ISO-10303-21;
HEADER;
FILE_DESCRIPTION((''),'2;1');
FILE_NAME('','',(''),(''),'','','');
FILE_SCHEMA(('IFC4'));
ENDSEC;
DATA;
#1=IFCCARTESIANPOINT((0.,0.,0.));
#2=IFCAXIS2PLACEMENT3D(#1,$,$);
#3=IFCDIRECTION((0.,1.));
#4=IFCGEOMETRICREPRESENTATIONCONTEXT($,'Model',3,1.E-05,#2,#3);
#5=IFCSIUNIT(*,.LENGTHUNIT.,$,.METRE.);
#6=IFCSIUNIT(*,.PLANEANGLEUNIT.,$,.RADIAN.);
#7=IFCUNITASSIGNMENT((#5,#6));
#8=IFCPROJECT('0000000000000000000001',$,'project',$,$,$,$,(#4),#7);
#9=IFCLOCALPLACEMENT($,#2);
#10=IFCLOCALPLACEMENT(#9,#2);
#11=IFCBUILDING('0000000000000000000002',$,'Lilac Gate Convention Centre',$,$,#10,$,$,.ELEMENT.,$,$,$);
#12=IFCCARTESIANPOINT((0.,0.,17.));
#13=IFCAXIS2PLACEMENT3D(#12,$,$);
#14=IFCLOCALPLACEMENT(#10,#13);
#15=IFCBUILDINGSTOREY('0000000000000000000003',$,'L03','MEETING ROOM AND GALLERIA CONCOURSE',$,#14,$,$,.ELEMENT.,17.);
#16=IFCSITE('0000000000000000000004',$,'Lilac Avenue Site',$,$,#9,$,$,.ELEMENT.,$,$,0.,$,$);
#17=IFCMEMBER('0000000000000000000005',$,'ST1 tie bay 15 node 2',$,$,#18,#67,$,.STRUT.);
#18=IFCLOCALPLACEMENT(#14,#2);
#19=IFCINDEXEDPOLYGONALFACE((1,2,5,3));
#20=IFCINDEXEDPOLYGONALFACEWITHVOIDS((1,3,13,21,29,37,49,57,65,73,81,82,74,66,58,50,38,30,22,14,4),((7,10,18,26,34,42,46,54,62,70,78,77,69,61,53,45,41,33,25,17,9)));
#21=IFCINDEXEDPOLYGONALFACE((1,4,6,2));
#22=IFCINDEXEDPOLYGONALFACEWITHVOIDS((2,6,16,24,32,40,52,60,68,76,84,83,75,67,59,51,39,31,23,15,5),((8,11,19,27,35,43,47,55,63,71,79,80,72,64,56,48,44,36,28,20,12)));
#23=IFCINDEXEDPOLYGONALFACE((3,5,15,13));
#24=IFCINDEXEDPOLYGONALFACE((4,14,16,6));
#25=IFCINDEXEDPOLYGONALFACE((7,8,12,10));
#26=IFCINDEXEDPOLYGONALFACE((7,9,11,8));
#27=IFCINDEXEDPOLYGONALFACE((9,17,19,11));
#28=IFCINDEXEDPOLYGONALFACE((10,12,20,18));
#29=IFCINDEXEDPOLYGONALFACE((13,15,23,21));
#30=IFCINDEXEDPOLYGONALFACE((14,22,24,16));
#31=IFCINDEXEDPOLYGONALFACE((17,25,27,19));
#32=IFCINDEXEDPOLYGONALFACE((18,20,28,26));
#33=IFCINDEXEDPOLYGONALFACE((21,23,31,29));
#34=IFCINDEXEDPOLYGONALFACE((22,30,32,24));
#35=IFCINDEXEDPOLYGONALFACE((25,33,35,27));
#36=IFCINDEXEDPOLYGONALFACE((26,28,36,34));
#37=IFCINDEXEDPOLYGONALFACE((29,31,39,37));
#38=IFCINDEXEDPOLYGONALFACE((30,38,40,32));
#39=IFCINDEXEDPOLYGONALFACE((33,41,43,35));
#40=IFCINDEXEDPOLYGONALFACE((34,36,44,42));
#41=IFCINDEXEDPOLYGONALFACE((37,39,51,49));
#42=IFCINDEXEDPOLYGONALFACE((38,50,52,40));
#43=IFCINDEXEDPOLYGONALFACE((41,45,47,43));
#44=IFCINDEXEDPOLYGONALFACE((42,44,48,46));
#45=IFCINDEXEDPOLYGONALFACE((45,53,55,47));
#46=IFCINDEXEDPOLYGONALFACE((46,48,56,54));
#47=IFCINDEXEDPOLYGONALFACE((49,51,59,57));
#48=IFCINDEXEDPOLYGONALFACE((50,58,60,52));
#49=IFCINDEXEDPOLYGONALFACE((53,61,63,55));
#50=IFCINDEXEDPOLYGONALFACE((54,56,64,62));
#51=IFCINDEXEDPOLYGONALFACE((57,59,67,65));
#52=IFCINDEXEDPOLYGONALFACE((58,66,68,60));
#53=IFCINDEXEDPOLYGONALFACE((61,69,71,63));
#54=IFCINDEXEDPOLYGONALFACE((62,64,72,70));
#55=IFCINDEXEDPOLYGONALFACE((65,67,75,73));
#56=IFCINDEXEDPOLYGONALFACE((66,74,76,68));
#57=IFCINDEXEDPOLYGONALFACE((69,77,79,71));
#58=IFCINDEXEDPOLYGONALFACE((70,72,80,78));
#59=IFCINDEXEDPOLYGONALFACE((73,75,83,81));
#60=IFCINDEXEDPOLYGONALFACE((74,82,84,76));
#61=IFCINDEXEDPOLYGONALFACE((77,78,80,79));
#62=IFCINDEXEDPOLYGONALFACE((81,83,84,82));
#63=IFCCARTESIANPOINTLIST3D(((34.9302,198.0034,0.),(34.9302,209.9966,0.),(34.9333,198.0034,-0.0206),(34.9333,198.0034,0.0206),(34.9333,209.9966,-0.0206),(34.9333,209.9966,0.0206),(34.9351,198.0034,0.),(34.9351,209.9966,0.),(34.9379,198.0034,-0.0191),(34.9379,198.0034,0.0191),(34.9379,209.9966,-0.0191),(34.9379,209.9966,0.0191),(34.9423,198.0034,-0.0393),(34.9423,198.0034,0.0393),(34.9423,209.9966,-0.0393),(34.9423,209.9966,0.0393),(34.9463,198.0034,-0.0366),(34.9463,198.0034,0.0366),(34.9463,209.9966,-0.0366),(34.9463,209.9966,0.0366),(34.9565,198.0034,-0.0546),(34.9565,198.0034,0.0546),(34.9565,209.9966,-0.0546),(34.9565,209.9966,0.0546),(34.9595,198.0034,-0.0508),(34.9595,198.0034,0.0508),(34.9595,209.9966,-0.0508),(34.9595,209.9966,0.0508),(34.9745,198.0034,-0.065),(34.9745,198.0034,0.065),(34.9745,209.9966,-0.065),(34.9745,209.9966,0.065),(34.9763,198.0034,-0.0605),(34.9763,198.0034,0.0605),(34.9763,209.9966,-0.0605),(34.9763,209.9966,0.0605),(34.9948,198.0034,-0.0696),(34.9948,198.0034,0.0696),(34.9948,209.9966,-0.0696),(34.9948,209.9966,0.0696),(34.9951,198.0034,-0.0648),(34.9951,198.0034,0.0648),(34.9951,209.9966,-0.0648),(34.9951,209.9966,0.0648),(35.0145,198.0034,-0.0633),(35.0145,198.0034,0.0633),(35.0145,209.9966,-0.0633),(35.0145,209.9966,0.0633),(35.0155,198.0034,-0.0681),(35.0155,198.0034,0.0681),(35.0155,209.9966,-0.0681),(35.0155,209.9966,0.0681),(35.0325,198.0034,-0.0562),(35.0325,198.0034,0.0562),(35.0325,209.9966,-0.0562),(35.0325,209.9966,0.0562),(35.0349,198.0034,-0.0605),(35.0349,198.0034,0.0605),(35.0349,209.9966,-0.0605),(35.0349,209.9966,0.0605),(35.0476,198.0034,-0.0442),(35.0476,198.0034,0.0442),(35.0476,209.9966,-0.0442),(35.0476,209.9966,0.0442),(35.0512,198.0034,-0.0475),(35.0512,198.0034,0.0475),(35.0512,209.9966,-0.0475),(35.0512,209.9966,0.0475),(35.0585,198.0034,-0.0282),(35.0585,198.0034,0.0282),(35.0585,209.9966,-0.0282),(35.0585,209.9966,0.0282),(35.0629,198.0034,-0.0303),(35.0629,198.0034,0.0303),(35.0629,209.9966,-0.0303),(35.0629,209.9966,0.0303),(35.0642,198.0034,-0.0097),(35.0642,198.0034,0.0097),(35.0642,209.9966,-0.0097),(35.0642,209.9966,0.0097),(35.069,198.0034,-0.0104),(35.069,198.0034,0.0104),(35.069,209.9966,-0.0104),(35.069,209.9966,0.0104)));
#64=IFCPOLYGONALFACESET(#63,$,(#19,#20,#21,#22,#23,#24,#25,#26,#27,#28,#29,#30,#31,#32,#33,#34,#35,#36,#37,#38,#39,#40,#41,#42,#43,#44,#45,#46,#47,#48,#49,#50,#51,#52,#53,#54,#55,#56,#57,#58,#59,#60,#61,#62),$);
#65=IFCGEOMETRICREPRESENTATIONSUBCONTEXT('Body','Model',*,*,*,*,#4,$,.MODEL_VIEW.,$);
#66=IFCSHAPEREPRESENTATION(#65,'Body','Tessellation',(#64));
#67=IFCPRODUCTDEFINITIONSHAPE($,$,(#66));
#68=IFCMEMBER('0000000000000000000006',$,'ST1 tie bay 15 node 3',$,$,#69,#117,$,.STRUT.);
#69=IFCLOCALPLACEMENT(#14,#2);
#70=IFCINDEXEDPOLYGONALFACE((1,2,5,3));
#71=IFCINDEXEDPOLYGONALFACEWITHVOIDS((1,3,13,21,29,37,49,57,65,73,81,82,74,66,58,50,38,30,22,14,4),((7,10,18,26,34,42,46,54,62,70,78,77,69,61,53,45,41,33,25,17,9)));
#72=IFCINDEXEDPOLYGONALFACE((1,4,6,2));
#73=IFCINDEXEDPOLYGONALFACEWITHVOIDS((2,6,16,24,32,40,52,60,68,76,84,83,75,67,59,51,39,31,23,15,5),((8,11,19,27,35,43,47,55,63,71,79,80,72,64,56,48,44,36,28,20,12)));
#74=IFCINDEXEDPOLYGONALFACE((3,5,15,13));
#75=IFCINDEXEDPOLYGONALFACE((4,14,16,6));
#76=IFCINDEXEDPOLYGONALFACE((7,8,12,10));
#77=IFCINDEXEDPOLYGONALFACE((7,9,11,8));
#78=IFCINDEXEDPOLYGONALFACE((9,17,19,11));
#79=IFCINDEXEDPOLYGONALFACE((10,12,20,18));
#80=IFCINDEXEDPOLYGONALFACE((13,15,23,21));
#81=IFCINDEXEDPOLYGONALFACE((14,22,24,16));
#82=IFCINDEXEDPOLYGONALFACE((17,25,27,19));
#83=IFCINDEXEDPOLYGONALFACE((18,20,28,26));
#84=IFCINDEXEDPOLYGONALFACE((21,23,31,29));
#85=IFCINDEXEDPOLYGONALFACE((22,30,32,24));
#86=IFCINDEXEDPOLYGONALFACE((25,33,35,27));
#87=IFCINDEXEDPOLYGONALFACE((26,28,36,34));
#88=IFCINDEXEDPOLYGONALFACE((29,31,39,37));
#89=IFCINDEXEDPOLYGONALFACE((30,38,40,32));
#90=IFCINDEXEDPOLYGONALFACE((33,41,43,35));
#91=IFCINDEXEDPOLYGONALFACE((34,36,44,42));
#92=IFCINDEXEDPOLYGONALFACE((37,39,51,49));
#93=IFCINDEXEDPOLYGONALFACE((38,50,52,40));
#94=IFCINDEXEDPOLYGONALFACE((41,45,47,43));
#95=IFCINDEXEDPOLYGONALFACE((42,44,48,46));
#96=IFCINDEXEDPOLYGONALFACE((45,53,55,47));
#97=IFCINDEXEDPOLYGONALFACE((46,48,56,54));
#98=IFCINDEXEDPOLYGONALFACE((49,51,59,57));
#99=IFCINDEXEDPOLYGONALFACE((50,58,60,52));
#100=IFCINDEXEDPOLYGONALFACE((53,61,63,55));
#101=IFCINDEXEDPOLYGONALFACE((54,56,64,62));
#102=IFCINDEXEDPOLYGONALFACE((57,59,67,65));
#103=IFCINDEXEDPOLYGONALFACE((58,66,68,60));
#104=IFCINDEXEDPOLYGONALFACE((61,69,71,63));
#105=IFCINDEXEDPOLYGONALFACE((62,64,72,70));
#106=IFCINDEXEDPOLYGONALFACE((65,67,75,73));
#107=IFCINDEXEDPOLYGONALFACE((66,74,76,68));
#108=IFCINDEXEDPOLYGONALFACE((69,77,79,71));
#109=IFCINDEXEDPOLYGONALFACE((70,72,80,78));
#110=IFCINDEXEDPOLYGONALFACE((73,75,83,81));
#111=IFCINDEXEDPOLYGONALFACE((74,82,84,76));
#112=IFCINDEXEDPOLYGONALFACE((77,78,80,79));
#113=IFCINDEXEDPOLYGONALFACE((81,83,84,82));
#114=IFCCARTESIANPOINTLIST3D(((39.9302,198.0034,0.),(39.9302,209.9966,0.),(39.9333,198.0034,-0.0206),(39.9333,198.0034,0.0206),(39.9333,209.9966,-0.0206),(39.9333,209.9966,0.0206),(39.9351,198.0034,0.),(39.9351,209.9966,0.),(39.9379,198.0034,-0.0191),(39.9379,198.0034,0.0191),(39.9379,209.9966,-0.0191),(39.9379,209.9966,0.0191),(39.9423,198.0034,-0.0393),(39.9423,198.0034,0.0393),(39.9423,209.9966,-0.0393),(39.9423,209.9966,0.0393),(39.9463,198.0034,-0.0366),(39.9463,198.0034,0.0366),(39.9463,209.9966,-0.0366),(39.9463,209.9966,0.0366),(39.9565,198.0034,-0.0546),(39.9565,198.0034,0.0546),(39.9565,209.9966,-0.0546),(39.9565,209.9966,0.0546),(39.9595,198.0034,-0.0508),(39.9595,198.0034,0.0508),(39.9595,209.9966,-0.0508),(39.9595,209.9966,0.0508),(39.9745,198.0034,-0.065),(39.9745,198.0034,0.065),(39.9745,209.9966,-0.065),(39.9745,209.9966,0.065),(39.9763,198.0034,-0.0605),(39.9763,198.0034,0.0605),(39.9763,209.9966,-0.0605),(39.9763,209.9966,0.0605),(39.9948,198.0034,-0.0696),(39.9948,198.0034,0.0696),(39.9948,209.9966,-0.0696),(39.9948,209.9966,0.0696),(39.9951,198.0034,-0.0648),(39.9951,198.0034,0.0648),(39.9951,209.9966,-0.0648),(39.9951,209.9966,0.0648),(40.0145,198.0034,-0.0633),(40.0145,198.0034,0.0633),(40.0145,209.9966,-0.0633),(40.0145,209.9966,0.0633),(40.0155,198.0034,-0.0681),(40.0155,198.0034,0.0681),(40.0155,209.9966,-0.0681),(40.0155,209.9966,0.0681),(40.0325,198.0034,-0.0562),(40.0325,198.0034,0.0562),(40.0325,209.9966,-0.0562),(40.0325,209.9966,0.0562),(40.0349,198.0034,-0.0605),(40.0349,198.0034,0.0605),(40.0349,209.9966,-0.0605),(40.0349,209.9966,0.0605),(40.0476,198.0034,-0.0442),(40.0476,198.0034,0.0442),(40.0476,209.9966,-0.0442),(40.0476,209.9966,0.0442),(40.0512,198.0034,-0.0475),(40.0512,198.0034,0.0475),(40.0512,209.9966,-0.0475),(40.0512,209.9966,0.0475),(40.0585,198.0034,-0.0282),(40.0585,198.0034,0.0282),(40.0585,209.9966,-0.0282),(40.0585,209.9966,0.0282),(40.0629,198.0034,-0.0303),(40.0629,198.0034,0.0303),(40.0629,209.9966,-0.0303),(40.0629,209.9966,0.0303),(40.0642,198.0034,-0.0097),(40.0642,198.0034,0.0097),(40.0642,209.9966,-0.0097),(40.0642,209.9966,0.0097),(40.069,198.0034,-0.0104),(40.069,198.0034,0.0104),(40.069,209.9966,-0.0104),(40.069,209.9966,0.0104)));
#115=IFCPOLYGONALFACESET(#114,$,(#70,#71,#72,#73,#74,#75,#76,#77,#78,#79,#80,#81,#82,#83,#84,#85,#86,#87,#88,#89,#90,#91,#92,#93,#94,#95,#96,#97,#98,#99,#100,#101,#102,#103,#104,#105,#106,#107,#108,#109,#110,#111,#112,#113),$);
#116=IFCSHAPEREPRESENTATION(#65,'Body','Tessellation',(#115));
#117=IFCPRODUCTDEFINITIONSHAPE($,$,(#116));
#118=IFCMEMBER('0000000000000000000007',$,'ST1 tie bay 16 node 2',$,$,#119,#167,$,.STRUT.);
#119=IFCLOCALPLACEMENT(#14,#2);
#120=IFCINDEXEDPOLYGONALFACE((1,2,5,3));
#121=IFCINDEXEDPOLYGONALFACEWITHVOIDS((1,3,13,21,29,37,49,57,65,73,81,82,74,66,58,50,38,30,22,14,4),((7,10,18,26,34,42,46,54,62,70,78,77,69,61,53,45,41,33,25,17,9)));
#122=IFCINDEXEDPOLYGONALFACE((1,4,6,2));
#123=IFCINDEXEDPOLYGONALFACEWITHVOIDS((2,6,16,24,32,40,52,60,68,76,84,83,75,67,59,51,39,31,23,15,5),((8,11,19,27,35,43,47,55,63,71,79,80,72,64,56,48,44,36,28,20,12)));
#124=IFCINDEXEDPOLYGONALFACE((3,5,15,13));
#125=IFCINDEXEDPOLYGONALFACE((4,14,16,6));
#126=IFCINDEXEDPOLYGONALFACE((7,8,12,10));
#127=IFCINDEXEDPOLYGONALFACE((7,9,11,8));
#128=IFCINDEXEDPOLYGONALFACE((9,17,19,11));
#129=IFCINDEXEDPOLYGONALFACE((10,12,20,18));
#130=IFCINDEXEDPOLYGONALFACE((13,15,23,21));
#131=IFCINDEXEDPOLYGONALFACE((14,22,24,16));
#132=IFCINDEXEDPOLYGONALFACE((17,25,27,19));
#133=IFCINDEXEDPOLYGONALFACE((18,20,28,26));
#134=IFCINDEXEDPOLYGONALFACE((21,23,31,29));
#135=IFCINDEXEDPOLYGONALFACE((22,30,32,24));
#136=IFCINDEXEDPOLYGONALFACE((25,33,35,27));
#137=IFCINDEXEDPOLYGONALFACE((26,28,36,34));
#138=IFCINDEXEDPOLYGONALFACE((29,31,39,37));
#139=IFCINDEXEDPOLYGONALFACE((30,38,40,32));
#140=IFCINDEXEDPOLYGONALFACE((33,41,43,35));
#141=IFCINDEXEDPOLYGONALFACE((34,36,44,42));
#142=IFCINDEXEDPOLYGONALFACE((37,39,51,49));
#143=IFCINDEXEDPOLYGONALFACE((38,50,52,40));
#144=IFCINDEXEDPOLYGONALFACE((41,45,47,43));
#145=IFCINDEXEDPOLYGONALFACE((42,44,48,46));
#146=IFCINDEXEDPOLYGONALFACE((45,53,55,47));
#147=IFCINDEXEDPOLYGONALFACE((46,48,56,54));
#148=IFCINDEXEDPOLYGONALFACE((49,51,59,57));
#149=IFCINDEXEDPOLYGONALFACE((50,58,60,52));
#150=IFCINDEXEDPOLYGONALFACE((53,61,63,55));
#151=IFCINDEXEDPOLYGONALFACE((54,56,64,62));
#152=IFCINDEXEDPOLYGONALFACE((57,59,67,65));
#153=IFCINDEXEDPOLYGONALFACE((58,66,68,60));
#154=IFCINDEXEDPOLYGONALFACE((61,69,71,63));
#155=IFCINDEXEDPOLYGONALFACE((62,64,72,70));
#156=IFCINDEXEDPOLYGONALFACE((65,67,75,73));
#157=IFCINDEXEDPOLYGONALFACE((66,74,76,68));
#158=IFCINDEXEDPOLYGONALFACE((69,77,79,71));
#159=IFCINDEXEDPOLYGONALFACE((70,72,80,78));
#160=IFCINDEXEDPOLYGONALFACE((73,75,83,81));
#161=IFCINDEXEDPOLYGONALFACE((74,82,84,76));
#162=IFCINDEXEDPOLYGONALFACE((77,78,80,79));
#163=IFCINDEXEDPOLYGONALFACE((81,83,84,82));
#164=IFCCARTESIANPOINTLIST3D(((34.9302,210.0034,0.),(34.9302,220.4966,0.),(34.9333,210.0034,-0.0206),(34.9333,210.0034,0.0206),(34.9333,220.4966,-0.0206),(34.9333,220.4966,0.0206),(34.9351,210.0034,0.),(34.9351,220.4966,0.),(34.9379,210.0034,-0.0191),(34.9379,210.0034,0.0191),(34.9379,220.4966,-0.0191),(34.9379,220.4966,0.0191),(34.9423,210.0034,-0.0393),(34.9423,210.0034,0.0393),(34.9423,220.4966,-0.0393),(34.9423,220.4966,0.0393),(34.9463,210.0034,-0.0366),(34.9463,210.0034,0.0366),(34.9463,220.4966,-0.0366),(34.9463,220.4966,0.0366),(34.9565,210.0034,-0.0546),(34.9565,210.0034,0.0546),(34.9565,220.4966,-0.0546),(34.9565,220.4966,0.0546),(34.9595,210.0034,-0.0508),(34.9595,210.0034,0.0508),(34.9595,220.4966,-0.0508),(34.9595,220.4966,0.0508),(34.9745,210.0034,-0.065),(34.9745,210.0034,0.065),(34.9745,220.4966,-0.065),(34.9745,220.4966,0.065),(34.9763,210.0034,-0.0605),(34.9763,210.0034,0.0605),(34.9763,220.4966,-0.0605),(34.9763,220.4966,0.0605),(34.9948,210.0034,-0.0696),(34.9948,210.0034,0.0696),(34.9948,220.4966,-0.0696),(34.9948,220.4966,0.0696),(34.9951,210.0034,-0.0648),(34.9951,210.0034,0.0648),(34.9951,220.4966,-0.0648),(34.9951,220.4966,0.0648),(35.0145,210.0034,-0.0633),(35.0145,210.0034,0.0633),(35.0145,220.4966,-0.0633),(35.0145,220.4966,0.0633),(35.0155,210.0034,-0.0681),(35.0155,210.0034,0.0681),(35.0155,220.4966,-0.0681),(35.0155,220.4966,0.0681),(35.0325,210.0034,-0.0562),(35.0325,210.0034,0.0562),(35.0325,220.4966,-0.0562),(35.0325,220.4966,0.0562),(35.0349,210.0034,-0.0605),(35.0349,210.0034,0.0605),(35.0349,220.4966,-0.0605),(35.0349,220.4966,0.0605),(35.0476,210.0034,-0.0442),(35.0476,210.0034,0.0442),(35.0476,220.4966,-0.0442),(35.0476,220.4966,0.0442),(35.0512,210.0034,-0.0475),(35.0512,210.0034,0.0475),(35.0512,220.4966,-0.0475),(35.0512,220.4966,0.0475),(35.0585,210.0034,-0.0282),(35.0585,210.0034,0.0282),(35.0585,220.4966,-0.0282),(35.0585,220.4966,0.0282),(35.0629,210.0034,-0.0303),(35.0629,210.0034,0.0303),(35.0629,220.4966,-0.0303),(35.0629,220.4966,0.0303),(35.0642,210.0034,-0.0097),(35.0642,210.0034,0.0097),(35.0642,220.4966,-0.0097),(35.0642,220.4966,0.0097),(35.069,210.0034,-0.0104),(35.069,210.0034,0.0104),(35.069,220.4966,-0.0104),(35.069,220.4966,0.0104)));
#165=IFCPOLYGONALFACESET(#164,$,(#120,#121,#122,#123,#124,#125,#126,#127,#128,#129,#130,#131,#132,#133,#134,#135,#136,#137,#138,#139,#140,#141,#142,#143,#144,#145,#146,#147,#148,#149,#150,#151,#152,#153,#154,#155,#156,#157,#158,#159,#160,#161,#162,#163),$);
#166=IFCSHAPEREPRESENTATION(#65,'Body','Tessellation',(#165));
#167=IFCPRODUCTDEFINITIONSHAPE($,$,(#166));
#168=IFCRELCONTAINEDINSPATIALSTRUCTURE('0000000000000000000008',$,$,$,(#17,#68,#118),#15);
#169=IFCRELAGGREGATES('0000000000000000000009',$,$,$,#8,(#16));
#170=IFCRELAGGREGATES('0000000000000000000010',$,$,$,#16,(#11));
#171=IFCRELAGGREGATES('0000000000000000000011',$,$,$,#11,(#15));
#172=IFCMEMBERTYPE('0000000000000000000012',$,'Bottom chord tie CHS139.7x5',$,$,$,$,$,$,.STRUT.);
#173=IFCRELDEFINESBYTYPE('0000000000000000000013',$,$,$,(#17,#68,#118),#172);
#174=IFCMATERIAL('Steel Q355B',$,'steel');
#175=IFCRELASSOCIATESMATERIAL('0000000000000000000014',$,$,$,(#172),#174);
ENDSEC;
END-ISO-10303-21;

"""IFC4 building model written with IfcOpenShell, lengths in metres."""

from ifc_helpers import new_model, si_unit, direction, frame, origin, origin_2d, place, context, subcontext, project, spatial, hollow_circle, extrude, material, material_profile, profile_set, type_object, element, save


model = new_model("IFC4")

# Units and contexts
model_context = context("Model", 3, precision=1e-05, world=origin(), true_north=direction((0.0, 1.0)))
body_context = subcontext(model_context, "Body", "Model", "MODEL_VIEW")
ifc_project = project(units=[si_unit("LENGTHUNIT", "METRE"), si_unit("PLANEANGLEUNIT", "RADIAN")], contexts=[model_context])

# Site, building, storey
site_placement = place(None, origin())
site = spatial("IfcSite", under=ifc_project, at=site_placement, Name="Lilac Avenue Site", CompositionType="ELEMENT", RefElevation=0.0)
building_placement = place(site_placement, origin())
building = spatial("IfcBuilding", under=site, at=building_placement, Name="Lilac Gate Convention Centre", CompositionType="ELEMENT")
storey_placement = place(building_placement, frame((0.0, 0.0, 17.0)))
storey = spatial("IfcBuildingStorey", under=building, at=storey_placement, Name="L03", Description="MEETING ROOM AND GALLERIA CONCOURSE", CompositionType="ELEMENT", Elevation=17.0)

# Members
ifc_material = material(Name="Steel Q355B", Category="steel")
ifc_material_profile_1 = material_profile(ifc_material, hollow_circle(Radius=0.0698, WallThickness=0.0049, at=origin_2d()), Name="CHS139.7x5")
ifc_profile_set_1 = profile_set([ifc_material_profile_1], Name="Steel Q355B")
member_type_1 = type_object("IfcMemberType", Name="Bottom chord tie CHS139.7x5", PredefinedType="STRUT", material=ifc_profile_set_1)
for number, where, z_axis, x_axis, name in (
    (1, (35.0, 198.0034, 0.0), (0.0, 1.0, 0.0), (-1.0, 0.0, 0.0), "ST1 tie bay 15 node 2"),
    (2, (40.0, 198.0034, 0.0), (0.0, 1.0, 0.0), (-1.0, 0.0, 0.0), "ST1 tie bay 15 node 3"),
):
    element("IfcMember", number, at=place(storey_placement, frame(where, z_axis=z_axis, x_axis=x_axis)), inside=storey, type_object=member_type_1, Name=name, PredefinedType="STRUT", context=body_context, shape_type="SweptSolid", body=[
        extrude(hollow_circle(Radius=0.0698, WallThickness=0.0049, at=origin_2d()), origin(), (0.0, 0.0, 1.0), 11.9932),
    ])
member_1_placement = place(storey_placement, frame((35.0, 210.0034, 0.0), z_axis=(0.0, 1.0, 0.0), x_axis=(-1.0, 0.0, 0.0)))
element("IfcMember", 3, at=member_1_placement, inside=storey, type_object=member_type_1, Name="ST1 tie bay 16 node 2", PredefinedType="STRUT", context=body_context, shape_type="SweptSolid", body=[
    extrude(hollow_circle(Radius=0.0698, WallThickness=0.0049, at=origin_2d()), origin(), (0.0, 0.0, 1.0), 10.4932),
])

save(model, "model.ifc")
